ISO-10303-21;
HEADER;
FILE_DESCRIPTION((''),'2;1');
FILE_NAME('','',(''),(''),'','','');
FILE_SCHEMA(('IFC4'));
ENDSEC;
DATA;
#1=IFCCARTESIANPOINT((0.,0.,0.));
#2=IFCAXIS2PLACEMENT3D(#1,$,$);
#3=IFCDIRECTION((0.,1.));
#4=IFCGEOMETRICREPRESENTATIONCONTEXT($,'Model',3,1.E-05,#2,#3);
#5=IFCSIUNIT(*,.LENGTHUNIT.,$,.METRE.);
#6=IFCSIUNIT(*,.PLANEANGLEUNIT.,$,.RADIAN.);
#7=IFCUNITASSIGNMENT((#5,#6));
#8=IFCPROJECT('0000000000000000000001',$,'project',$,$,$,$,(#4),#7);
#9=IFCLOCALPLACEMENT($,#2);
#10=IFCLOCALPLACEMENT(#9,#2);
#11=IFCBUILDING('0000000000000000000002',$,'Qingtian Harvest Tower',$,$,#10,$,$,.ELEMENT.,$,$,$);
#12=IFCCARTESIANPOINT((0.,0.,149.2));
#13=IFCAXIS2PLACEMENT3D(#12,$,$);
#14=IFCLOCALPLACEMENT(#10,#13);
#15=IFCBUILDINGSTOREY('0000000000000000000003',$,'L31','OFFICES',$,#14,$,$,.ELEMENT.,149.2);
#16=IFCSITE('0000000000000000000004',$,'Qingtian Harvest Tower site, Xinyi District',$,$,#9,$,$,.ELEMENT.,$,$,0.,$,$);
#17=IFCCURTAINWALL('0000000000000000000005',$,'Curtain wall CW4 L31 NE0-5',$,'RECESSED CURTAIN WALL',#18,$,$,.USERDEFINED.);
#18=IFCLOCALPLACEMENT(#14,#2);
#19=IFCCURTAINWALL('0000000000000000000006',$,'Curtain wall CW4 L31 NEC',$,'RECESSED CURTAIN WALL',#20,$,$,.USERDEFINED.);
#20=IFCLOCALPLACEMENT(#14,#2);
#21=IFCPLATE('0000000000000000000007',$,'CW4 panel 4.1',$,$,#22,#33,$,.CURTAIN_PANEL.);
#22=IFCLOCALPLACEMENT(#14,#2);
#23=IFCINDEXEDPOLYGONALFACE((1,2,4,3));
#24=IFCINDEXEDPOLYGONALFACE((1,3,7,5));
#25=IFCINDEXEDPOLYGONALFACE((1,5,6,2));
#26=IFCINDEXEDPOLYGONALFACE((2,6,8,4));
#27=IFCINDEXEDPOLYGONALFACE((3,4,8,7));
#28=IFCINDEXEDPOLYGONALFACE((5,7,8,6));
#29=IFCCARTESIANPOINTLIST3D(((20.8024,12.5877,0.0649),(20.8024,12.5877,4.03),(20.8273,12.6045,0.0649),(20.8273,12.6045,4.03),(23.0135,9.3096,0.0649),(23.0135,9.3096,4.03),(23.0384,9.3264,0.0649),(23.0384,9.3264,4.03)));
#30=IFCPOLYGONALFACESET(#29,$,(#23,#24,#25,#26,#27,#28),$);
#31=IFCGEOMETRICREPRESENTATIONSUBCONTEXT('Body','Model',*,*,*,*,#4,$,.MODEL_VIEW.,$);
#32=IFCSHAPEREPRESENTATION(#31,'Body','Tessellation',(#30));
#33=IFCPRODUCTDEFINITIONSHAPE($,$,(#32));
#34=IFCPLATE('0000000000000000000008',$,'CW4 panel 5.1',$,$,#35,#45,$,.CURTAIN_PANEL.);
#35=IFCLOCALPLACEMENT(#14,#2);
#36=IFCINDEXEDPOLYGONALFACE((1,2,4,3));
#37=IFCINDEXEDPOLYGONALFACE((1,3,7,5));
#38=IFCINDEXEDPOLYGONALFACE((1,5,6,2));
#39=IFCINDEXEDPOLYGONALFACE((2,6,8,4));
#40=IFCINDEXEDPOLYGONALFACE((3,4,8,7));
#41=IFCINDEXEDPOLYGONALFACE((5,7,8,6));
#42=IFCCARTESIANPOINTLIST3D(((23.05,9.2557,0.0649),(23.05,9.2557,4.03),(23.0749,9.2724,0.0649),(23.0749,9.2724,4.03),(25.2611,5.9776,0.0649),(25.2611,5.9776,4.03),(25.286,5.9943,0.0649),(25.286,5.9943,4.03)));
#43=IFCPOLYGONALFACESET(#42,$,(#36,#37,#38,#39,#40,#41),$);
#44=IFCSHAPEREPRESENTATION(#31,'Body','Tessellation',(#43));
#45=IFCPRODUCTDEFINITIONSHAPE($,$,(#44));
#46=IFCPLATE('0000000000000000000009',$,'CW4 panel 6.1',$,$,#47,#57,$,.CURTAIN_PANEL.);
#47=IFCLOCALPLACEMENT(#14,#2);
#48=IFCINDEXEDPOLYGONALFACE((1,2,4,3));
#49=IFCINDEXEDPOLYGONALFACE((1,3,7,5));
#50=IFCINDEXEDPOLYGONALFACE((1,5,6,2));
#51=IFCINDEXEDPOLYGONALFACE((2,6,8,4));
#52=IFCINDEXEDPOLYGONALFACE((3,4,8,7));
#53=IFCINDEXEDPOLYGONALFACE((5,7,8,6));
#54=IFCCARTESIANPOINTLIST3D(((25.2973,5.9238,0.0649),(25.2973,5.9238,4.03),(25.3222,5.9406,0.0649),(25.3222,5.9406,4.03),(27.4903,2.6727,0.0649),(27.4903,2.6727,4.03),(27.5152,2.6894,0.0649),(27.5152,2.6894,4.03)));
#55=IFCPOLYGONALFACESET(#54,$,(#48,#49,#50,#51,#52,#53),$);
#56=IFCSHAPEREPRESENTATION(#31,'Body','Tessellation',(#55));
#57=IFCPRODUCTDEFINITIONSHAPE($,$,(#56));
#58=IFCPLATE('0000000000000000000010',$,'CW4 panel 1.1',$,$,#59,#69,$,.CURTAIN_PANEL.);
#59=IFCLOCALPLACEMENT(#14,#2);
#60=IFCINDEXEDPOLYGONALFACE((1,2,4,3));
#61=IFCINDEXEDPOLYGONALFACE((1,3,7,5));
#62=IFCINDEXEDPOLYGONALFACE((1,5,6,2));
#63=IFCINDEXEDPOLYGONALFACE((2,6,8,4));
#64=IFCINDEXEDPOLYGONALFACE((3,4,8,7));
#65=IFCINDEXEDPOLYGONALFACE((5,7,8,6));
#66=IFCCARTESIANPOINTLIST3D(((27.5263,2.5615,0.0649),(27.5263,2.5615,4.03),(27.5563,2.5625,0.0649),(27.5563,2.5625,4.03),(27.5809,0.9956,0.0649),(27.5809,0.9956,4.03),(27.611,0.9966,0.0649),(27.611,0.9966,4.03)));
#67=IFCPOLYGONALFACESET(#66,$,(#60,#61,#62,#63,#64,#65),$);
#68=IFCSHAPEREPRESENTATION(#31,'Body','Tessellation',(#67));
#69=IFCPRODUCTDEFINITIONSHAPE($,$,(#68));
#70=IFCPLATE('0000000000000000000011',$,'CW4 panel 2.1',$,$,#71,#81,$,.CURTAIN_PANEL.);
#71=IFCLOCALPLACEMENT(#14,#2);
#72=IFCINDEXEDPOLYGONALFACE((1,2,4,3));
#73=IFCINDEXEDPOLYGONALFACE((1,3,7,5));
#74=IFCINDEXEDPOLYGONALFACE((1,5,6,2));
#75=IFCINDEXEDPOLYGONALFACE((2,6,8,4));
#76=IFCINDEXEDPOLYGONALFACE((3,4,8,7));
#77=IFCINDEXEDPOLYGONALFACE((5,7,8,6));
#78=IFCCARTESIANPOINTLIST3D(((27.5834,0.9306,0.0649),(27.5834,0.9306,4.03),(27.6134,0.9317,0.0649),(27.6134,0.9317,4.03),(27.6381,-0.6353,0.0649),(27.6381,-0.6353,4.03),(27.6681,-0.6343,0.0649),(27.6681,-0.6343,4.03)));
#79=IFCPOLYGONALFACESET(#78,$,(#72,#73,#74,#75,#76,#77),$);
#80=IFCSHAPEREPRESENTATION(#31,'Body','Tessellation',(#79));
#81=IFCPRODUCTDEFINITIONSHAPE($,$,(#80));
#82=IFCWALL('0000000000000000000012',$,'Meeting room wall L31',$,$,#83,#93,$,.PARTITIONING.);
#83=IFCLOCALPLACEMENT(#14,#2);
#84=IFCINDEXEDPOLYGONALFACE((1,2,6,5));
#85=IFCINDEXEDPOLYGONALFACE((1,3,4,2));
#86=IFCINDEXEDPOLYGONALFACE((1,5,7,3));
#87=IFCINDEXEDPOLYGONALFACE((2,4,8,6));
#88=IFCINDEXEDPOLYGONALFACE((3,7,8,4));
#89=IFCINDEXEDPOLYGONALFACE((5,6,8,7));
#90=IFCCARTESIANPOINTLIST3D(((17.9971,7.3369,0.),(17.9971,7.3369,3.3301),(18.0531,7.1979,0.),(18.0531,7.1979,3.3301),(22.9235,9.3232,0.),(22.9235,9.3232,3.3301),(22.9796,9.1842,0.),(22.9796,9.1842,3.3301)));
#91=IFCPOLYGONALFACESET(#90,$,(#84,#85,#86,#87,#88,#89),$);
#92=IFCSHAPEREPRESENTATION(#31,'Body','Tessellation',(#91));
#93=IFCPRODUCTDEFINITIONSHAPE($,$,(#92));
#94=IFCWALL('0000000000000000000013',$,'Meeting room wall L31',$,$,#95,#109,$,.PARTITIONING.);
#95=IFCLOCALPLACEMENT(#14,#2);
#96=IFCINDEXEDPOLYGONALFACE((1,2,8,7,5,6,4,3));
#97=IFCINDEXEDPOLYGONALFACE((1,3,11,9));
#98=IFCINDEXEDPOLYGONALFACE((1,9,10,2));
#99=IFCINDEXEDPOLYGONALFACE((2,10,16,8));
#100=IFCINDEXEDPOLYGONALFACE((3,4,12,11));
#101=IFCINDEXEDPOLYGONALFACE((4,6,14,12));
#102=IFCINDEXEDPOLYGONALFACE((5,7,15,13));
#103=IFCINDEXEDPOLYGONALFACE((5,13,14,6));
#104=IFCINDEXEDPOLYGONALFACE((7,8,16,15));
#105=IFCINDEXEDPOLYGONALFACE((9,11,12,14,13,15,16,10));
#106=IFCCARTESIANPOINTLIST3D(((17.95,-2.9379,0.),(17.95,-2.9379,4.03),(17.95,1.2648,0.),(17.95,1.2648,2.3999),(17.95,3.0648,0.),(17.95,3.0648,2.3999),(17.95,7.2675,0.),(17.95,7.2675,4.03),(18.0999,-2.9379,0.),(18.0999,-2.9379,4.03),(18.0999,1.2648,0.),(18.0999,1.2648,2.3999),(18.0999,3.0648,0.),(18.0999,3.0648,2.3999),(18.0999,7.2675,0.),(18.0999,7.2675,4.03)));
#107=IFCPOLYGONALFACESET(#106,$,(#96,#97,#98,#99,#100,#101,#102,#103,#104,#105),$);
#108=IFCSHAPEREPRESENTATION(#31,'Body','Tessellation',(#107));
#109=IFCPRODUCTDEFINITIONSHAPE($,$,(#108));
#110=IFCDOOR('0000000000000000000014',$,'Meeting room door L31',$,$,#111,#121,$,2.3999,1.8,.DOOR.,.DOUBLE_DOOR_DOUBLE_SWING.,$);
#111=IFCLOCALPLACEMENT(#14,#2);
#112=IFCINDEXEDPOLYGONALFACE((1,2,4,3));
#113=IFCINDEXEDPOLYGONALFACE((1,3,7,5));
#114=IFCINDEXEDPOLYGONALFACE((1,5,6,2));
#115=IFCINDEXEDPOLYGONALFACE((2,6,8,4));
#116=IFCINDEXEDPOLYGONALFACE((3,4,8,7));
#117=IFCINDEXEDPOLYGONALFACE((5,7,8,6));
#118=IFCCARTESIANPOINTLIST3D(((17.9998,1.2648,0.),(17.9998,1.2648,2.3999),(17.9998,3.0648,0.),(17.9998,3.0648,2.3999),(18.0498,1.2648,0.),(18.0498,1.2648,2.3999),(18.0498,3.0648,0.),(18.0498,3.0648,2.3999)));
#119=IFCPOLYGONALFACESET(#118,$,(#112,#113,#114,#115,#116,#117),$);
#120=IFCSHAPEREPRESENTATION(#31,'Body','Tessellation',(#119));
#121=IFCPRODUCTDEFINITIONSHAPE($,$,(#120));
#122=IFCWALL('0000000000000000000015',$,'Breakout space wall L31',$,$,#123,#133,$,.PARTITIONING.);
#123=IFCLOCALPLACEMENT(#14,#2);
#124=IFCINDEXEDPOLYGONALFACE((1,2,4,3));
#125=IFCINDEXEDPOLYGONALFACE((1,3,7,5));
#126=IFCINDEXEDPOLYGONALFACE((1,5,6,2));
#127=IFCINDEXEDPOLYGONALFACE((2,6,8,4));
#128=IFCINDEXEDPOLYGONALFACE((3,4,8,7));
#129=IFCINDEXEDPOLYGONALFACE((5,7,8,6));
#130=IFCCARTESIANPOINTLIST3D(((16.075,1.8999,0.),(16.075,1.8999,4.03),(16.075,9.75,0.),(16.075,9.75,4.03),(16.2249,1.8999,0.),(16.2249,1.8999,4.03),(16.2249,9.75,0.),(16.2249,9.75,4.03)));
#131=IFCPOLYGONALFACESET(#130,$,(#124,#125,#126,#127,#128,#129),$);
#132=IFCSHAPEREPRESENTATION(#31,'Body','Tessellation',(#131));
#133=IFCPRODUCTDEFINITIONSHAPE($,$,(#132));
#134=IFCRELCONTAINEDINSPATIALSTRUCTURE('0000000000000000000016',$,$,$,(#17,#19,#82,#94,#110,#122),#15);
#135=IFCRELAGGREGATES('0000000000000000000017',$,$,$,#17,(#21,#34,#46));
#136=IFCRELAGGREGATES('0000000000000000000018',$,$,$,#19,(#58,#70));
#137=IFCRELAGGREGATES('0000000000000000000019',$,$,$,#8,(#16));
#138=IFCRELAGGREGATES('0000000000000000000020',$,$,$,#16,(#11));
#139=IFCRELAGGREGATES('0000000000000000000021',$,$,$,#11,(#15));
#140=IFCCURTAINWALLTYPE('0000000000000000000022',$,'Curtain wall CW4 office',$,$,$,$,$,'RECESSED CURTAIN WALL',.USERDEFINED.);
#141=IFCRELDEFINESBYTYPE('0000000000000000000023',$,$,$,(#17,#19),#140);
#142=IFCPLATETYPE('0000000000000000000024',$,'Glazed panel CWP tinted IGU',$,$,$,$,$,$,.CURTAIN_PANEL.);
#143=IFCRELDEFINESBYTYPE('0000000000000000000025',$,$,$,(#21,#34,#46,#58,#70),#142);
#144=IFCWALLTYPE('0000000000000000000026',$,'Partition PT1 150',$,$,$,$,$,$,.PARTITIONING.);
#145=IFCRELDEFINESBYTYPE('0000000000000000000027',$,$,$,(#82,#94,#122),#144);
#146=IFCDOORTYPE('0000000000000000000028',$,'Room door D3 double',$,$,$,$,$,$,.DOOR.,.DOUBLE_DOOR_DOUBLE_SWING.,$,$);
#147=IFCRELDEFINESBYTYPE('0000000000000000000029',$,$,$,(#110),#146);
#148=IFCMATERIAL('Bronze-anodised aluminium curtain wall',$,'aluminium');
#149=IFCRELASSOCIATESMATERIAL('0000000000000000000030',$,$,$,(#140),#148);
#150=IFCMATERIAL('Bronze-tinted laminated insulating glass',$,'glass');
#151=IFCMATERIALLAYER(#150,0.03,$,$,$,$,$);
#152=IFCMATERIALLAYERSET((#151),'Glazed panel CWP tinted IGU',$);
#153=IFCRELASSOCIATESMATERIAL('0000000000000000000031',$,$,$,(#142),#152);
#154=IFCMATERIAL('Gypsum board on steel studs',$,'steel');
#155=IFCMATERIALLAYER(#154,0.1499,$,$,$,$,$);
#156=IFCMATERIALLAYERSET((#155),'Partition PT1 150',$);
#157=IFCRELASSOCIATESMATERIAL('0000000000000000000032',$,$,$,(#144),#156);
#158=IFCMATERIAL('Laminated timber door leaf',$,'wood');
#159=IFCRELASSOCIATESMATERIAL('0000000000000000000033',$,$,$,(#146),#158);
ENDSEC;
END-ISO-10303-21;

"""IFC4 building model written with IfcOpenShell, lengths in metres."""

from ifc_helpers import new_model, si_unit, direction, frame, frame_2d, origin, origin_2d, place, context, subcontext, project, spatial, rectangle, extrude, material, layer, layer_set, type_object, element, fill, aggregate, save


model = new_model("IFC4")

# Units and contexts
model_context = context("Model", 3, precision=1e-05, world=origin(), true_north=direction((0.0, 1.0)))
body_context = subcontext(model_context, "Body", "Model", "MODEL_VIEW")
ifc_project = project(units=[si_unit("LENGTHUNIT", "METRE"), si_unit("PLANEANGLEUNIT", "RADIAN")], contexts=[model_context])

# Site, building, storey
site_placement = place(None, origin())
site = spatial("IfcSite", under=ifc_project, at=site_placement, Name="Qingtian Harvest Tower site, Xinyi District", CompositionType="ELEMENT", RefElevation=0.0)
building_placement = place(site_placement, origin())
building = spatial("IfcBuilding", under=site, at=building_placement, Name="Qingtian Harvest Tower", CompositionType="ELEMENT")
storey_placement = place(building_placement, frame((0.0, 0.0, 149.2)))
storey = spatial("IfcBuildingStorey", under=building, at=storey_placement, Name="L31", Description="OFFICES", CompositionType="ELEMENT", Elevation=149.2)

# Curtain walls
ifc_material_1 = material(Name="Bronze-anodised aluminium curtain wall", Category="aluminium")
curtain_wall_type = type_object("IfcCurtainWallType", Name="Curtain wall CW4 office", ElementType="RECESSED CURTAIN WALL", PredefinedType="USERDEFINED", material=ifc_material_1)
curtain_wall_1_placement = place(storey_placement, origin())
curtain_wall_1 = element("IfcCurtainWall", 1, at=curtain_wall_1_placement, inside=storey, type_object=curtain_wall_type, Name="Curtain wall CW4 L31 NE0-5", ObjectType="RECESSED CURTAIN WALL", PredefinedType="USERDEFINED")
curtain_wall_2_placement = place(storey_placement, origin())
curtain_wall_2 = element("IfcCurtainWall", 2, at=curtain_wall_2_placement, inside=storey, type_object=curtain_wall_type, Name="Curtain wall CW4 L31 NEC", ObjectType="RECESSED CURTAIN WALL", PredefinedType="USERDEFINED")

# Plates
ifc_material_2 = material(Name="Bronze-tinted laminated insulating glass", Category="glass")
ifc_layer_1 = layer(ifc_material_2, 0.03)
ifc_layer_set_1 = layer_set([ifc_layer_1], Name="Glazed panel CWP tinted IGU")
plate_type = type_object("IfcPlateType", Name="Glazed panel CWP tinted IGU", PredefinedType="CURTAIN_PANEL", material=ifc_layer_set_1)
plate_1_placement = place(storey_placement, frame((21.9204, 10.957, 0.0649), z_axis=(0.0, 0.0, 1.0), x_axis=(0.559193, -0.829038, 0.0)))
plate_1 = element("IfcPlate", 3, at=plate_1_placement, type_object=plate_type, Name="CW4 panel 4.1", PredefinedType="CURTAIN_PANEL", context=body_context, shape_type="SweptSolid", body=[
    extrude(rectangle(XDim=3.9541, YDim=0.03, at=origin_2d()), origin(), (0.0, 0.0, 1.0), 3.9651),
])
plate_2_placement = place(storey_placement, frame((24.168, 7.625, 0.0649), z_axis=(0.0, 0.0, 1.0), x_axis=(0.559193, -0.829038, 0.0)))
plate_2 = element("IfcPlate", 4, at=plate_2_placement, type_object=plate_type, Name="CW4 panel 5.1", PredefinedType="CURTAIN_PANEL", context=body_context, shape_type="SweptSolid", body=[
    extrude(rectangle(XDim=3.9541, YDim=0.03, at=origin_2d()), origin(), (0.0, 0.0, 1.0), 3.9651),
])
plate_3_placement = place(storey_placement, frame((26.4062, 4.3066, 0.0649), z_axis=(0.0, 0.0, 1.0), x_axis=(0.559193, -0.829038, 0.0)))
plate_3 = element("IfcPlate", 5, at=plate_3_placement, type_object=plate_type, Name="CW4 panel 6.1", PredefinedType="CURTAIN_PANEL", context=body_context, shape_type="SweptSolid", body=[
    extrude(rectangle(XDim=3.9216, YDim=0.03, at=origin_2d()), origin(), (0.0, 0.0, 1.0), 3.9651),
])
aggregate(curtain_wall_1, [plate_1, plate_2, plate_3])
plate_4_placement = place(storey_placement, frame((27.5686, 1.7791, 0.0649), z_axis=(0.0, 0.0, 1.0), x_axis=(0.034899, -0.999391, 0.0)))
plate_4 = element("IfcPlate", 6, at=plate_4_placement, type_object=plate_type, Name="CW4 panel 1.1", PredefinedType="CURTAIN_PANEL", context=body_context, shape_type="SweptSolid", body=[
    extrude(rectangle(XDim=1.5669, YDim=0.03, at=origin_2d()), origin(), (0.0, 0.0, 1.0), 3.9651),
])
plate_5_placement = place(storey_placement, frame((27.6257, 0.1482, 0.0649), z_axis=(0.0, 0.0, 1.0), x_axis=(0.034899, -0.999391, 0.0)))
plate_5 = element("IfcPlate", 7, at=plate_5_placement, type_object=plate_type, Name="CW4 panel 2.1", PredefinedType="CURTAIN_PANEL", context=body_context, shape_type="SweptSolid", body=[
    extrude(rectangle(XDim=1.5669, YDim=0.03, at=origin_2d()), origin(), (0.0, 0.0, 1.0), 3.9651),
])
aggregate(curtain_wall_2, [plate_4, plate_5])

# Shared definitions
ifc_material_3 = material(Name="Gypsum board on steel studs", Category="steel")
ifc_layer_2 = layer(ifc_material_3, 0.1499)
ifc_layer_set_2 = layer_set([ifc_layer_2], Name="Partition PT1 150")
wall_type = type_object("IfcWallType", Name="Partition PT1 150", PredefinedType="PARTITIONING", material=ifc_layer_set_2)

# Wall
wall_1_placement = place(storey_placement, frame((22.9514, 9.2537, 0.0), z_axis=(0.0, 0.0, 1.0), x_axis=(-0.927453, -0.373941, 0.0)))
element("IfcWall", 8, at=wall_1_placement, inside=storey, type_object=wall_type, Name="Meeting room wall L31", PredefinedType="PARTITIONING", context=body_context, shape_type="SweptSolid", body=[
    extrude(rectangle(XDim=5.3118, YDim=0.1499, at=frame_2d((2.6558, 0.0))), origin(), (0.0, 0.0, 1.0), 3.3301),
])

# Wall, opening, door
wall_2_placement = place(storey_placement, frame((18.0249, 7.2673, 0.0), z_axis=(0.0, 0.0, 1.0), x_axis=(0.0, -1.0, 0.0)))
wall_2 = element("IfcWall", 9, at=wall_2_placement, inside=storey, type_object=wall_type, Name="Meeting room wall L31", PredefinedType="PARTITIONING", context=body_context, shape_type="SweptSolid", body=[
    extrude(rectangle(XDim=10.2053, YDim=0.1499, at=frame_2d((5.1025, 0.0))), origin(), (0.0, 0.0, 1.0), 4.03),
])
opening_1_placement = place(wall_2_placement, frame((4.2026, 0.0, 0.0)))
opening_1 = element("IfcOpeningElement", 10, at=opening_1_placement, cuts=wall_2, PredefinedType="OPENING", context=body_context, shape_type="SweptSolid", body=[
    extrude(rectangle(XDim=1.8, YDim=2.3999, at=frame_2d((0.8999, 1.2))), frame((0.0, 0.085, 0.0), z_axis=(0.0, -1.0, 0.0), x_axis=(1.0, 0.0, 0.0)), (0.0, 0.0, 1.0), 0.1699),
])
ifc_material_4 = material(Name="Laminated timber door leaf", Category="wood")
door_type_1 = type_object("IfcDoorType", Name="Room door D3 double", OperationType="DOUBLE_DOOR_DOUBLE_SWING", PredefinedType="DOOR", material=ifc_material_4)
door_1_placement = place(opening_1_placement, origin())
door_1 = element("IfcDoor", 11, at=door_1_placement, inside=storey, type_object=door_type_1, Name="Meeting room door L31", OperationType="DOUBLE_DOOR_DOUBLE_SWING", OverallHeight=2.3999, OverallWidth=1.8, PredefinedType="DOOR", context=body_context, shape_type="SweptSolid", body=[
    extrude(rectangle(XDim=1.8, YDim=2.3999, at=frame_2d((0.8999, 1.2))), frame((0.0, 0.0249, 0.0), z_axis=(0.0, -1.0, 0.0), x_axis=(1.0, 0.0, 0.0)), (0.0, 0.0, 1.0), 0.05),
])
fill(opening_1, door_1)

# Wall
wall_3_placement = place(storey_placement, frame((16.1499, 1.8999, 0.0), z_axis=(0.0, 0.0, 1.0), x_axis=(0.0, 1.0, 0.0)))
element("IfcWall", 12, at=wall_3_placement, inside=storey, type_object=wall_type, Name="Breakout space wall L31", PredefinedType="PARTITIONING", context=body_context, shape_type="SweptSolid", body=[
    extrude(rectangle(XDim=7.8501, YDim=0.1499, at=frame_2d((3.925, 0.0))), origin(), (0.0, 0.0, 1.0), 4.03),
])

save(model, "model.ifc")
